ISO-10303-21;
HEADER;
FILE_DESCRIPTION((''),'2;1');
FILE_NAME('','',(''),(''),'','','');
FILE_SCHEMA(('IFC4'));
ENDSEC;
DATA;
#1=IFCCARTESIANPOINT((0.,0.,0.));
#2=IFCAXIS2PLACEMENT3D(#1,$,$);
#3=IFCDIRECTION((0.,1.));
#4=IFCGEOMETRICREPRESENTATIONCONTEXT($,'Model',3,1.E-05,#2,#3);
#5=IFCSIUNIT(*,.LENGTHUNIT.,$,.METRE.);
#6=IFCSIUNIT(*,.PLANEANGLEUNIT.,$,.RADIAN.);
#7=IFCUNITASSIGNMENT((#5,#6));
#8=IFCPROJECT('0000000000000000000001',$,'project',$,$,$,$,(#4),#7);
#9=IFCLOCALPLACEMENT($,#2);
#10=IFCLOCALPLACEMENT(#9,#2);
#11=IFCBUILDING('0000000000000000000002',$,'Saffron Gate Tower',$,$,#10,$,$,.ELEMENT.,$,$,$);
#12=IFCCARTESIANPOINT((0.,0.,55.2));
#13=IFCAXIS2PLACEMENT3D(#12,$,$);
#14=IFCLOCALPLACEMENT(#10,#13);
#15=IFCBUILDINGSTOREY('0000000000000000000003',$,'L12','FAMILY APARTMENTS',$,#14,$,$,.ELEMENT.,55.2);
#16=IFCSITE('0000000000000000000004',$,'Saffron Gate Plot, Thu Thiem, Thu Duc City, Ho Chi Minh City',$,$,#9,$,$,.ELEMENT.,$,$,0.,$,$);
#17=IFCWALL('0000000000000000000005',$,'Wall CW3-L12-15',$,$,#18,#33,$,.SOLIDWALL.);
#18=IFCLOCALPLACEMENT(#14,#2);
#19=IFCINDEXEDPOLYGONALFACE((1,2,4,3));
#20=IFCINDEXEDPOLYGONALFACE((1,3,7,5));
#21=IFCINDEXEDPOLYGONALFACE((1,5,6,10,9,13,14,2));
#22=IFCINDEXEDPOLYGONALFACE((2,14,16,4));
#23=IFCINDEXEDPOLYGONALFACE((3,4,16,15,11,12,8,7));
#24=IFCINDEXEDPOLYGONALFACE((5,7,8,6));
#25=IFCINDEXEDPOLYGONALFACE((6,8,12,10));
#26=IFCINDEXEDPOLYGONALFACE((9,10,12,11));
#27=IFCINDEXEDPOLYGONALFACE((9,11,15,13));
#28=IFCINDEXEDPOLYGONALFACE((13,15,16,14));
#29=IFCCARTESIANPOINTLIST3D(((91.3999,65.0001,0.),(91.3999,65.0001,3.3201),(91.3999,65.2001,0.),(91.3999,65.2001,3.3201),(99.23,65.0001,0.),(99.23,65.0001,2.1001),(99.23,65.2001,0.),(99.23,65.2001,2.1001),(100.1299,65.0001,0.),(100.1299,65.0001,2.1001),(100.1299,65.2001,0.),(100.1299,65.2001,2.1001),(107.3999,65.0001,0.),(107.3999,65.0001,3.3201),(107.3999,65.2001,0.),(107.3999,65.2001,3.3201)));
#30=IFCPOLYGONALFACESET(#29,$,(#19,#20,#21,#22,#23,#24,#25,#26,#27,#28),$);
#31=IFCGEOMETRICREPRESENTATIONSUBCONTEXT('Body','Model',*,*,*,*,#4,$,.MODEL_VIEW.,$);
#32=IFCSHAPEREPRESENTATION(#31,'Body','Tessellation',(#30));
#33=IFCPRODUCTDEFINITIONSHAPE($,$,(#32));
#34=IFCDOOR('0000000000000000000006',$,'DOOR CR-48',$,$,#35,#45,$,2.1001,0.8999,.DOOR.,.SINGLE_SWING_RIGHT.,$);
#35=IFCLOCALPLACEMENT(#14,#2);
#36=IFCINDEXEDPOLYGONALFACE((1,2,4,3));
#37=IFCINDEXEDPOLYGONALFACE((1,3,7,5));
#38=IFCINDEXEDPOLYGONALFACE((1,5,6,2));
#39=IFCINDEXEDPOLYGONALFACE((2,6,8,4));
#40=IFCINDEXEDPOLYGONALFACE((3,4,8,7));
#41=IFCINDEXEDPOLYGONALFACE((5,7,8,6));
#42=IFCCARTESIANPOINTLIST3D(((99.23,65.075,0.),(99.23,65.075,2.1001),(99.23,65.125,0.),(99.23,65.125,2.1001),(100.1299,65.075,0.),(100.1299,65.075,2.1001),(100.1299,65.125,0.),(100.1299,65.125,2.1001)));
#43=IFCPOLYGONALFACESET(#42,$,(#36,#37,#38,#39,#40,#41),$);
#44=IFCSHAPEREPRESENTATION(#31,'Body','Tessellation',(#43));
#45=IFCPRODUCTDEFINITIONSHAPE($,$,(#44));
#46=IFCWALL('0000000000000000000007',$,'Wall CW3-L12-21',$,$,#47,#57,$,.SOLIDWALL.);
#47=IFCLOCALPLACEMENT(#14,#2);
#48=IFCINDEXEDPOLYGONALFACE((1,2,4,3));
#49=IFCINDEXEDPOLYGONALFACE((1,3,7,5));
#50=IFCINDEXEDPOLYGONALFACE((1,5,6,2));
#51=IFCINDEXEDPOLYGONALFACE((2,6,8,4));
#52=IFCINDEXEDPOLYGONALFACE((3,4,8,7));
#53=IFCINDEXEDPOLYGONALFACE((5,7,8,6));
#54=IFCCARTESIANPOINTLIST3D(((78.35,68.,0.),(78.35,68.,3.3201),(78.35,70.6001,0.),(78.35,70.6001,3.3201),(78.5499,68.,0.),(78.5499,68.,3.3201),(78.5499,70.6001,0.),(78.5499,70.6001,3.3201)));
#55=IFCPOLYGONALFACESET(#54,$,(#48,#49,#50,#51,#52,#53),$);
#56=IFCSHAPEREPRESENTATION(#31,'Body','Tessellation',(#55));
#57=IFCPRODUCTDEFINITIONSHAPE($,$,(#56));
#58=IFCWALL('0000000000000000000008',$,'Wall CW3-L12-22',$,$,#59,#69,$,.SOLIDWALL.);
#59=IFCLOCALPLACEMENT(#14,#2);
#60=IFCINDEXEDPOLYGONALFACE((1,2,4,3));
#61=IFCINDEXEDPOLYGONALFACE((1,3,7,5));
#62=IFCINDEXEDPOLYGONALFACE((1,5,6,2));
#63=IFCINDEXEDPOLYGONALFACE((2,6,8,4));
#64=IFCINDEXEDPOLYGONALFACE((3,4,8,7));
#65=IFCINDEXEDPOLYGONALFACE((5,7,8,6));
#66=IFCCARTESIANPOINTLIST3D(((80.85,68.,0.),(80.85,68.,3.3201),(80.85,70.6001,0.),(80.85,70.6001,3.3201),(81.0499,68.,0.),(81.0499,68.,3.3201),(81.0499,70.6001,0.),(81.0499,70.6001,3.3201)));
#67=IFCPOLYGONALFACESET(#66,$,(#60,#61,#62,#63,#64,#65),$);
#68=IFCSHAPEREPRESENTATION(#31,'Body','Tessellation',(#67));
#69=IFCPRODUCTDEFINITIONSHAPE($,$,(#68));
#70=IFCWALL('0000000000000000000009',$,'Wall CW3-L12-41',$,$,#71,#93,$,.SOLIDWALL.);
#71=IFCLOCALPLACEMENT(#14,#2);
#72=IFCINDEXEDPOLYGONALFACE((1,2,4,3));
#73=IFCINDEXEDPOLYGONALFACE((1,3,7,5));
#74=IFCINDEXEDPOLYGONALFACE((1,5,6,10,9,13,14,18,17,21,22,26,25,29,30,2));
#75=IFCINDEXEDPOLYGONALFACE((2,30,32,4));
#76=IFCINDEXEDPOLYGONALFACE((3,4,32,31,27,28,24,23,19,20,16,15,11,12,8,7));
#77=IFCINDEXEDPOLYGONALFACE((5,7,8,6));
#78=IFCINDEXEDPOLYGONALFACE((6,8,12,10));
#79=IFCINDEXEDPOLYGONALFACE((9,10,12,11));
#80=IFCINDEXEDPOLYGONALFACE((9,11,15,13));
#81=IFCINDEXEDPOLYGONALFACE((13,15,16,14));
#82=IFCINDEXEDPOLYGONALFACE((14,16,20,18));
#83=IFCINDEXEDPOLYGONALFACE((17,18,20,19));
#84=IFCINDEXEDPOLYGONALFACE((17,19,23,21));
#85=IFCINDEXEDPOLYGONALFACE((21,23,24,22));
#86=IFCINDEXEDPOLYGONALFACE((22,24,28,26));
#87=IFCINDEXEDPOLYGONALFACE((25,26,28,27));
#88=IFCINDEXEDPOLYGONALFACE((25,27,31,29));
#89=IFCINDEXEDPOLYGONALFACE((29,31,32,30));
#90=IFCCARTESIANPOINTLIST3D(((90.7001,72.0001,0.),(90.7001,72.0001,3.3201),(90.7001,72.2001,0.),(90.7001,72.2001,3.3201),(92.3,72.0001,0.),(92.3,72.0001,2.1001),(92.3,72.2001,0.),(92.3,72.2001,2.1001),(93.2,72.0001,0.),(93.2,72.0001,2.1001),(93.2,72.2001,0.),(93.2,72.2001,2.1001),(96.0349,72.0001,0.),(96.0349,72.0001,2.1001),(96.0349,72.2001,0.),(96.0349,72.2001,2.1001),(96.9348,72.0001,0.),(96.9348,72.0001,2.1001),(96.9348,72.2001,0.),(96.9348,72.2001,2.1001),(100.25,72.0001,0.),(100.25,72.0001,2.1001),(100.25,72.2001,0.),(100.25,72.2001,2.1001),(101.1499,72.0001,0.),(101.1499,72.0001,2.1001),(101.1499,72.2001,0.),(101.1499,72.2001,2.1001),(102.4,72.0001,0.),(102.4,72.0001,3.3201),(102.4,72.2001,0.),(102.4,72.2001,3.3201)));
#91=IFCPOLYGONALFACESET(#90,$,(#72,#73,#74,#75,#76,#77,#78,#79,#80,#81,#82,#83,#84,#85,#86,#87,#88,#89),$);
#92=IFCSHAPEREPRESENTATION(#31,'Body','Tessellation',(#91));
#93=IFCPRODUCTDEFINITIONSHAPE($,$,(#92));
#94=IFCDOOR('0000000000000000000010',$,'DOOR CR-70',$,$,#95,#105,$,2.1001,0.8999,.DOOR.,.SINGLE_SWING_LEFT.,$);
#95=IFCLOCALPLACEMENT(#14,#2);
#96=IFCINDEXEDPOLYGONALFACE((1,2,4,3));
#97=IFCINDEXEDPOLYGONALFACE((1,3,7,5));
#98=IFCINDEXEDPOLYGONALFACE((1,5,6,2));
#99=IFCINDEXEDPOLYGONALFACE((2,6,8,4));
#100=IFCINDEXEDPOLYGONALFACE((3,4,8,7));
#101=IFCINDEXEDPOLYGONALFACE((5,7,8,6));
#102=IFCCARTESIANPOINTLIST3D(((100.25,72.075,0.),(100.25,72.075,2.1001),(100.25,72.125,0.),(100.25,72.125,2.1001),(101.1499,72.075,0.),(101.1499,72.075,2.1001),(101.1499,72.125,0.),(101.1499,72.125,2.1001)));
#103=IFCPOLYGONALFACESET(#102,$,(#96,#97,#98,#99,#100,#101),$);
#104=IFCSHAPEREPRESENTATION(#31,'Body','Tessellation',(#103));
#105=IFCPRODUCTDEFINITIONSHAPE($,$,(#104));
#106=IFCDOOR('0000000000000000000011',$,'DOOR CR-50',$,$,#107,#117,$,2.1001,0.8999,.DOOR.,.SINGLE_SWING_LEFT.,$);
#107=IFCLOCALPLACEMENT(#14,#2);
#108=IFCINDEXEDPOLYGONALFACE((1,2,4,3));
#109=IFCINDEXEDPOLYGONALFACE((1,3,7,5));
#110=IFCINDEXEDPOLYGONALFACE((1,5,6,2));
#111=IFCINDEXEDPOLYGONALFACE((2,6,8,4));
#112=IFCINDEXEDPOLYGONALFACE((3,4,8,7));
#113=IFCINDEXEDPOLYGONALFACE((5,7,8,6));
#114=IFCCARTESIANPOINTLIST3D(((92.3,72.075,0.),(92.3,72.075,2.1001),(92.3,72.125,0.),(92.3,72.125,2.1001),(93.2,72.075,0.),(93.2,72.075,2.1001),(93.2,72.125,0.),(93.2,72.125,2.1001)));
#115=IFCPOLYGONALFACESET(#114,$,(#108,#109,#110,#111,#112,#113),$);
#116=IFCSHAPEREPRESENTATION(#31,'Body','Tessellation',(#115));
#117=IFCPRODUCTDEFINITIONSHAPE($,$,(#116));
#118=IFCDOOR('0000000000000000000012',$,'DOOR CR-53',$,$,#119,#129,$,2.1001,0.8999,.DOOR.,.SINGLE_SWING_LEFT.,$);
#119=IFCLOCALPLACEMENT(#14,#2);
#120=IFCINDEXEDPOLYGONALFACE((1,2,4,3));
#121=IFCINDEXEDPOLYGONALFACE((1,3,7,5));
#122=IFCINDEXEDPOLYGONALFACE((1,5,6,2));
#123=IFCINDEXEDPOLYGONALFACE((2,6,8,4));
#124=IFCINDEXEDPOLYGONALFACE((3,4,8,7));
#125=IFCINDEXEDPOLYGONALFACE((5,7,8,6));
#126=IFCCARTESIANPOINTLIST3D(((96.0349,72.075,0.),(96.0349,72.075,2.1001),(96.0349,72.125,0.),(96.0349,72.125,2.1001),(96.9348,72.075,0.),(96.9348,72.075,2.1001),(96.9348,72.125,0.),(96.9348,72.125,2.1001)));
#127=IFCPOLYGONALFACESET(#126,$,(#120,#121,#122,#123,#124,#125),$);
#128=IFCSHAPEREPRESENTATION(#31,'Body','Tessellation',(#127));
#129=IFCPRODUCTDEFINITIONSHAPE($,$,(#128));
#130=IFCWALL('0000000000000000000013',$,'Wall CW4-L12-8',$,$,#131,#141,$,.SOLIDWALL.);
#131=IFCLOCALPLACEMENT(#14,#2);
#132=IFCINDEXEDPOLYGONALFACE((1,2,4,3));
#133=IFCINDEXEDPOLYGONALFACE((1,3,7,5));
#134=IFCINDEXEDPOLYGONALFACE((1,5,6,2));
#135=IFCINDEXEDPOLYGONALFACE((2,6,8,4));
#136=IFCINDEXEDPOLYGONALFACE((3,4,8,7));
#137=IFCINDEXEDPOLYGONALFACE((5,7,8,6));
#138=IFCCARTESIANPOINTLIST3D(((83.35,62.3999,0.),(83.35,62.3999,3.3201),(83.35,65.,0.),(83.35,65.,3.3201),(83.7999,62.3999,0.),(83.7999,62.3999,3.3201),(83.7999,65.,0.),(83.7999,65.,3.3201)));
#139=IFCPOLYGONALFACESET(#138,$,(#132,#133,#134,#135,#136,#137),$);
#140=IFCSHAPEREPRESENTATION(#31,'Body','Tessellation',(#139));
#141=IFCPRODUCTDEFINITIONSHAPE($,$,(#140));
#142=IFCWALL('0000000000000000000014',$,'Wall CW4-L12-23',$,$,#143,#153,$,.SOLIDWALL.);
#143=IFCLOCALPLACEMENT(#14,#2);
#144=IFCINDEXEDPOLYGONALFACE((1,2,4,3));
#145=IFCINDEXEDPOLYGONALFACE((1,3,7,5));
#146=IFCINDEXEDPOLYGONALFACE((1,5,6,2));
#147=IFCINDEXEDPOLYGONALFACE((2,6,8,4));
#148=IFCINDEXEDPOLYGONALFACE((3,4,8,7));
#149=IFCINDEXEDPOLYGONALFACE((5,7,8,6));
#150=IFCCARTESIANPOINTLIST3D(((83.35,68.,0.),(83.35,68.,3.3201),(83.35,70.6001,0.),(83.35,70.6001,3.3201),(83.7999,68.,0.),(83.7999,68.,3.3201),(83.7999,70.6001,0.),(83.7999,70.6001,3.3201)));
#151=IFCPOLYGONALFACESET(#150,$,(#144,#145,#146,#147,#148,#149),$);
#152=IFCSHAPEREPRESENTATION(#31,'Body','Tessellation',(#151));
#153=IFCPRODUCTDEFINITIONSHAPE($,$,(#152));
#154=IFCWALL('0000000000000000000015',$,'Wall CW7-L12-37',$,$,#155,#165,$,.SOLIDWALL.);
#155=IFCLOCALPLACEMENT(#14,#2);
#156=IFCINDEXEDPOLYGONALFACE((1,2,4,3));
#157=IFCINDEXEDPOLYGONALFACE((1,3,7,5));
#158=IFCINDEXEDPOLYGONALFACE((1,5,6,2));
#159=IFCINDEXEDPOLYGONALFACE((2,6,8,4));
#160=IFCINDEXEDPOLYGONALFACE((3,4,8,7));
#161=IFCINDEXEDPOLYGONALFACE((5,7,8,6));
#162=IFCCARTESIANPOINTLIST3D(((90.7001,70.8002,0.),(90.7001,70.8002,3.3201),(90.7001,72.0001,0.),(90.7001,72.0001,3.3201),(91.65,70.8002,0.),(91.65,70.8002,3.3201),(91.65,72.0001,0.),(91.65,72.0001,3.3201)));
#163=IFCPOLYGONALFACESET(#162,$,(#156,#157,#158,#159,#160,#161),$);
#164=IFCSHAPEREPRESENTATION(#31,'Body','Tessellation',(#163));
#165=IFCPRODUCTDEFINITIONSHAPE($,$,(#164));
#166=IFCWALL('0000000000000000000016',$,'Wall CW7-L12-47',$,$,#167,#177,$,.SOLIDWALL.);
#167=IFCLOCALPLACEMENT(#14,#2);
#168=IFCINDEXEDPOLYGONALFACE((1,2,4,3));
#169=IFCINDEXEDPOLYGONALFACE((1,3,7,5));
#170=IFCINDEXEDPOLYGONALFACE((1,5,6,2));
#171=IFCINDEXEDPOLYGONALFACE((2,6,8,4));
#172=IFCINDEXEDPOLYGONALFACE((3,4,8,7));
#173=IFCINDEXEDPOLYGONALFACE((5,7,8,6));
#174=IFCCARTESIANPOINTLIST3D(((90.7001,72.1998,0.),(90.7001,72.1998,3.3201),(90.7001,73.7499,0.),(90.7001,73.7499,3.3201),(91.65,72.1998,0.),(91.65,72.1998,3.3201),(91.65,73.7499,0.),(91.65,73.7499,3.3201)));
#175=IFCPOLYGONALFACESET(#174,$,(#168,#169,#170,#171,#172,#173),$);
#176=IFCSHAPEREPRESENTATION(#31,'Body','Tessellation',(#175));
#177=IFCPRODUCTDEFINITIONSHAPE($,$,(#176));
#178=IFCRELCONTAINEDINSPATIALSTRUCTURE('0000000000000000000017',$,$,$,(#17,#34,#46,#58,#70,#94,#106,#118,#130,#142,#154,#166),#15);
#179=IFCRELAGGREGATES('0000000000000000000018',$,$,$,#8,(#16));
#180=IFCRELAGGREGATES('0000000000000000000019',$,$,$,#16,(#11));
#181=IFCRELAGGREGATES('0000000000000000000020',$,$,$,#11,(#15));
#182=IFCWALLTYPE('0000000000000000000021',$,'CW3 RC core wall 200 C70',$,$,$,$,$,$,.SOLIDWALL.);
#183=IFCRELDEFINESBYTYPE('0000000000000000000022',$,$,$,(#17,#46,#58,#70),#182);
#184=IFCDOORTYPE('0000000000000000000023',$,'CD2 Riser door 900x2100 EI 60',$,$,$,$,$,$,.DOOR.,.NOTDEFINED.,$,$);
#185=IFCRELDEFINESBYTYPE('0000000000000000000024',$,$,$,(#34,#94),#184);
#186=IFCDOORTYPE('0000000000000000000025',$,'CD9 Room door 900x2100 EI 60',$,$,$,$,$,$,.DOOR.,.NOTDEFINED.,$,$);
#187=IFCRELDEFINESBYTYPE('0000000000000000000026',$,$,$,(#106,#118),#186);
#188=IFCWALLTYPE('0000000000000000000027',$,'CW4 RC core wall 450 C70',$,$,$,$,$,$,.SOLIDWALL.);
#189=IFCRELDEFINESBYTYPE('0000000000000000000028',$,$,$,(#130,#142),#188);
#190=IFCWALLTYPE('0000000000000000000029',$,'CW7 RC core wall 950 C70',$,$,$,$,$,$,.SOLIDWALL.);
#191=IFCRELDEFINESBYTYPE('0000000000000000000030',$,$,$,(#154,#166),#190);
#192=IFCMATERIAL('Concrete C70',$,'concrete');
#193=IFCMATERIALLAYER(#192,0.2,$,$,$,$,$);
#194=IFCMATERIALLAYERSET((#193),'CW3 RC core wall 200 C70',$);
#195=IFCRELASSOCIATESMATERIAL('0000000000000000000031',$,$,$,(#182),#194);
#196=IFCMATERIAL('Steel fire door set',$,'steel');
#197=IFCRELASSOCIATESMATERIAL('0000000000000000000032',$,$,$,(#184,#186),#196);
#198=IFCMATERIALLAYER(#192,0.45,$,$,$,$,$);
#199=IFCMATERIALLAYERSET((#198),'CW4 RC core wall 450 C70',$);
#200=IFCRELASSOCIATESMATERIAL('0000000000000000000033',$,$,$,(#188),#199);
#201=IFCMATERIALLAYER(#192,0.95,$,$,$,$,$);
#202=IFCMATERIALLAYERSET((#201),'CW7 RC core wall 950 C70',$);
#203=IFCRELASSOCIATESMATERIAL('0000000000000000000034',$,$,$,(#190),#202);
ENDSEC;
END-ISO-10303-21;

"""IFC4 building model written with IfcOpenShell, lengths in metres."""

from ifc_helpers import new_model, si_unit, direction, frame, frame_2d, origin, place, context, subcontext, project, spatial, rectangle, extrude, material, layer, layer_set, type_object, element, fill, save


model = new_model("IFC4")

# Units and contexts
model_context = context("Model", 3, precision=1e-05, world=origin(), true_north=direction((0.0, 1.0)))
body_context = subcontext(model_context, "Body", "Model", "MODEL_VIEW")
ifc_project = project(units=[si_unit("LENGTHUNIT", "METRE"), si_unit("PLANEANGLEUNIT", "RADIAN")], contexts=[model_context])

# Site, building, storey
site_placement = place(None, origin())
site = spatial("IfcSite", under=ifc_project, at=site_placement, Name="Saffron Gate Plot, Thu Thiem, Thu Duc City, Ho Chi Minh City", CompositionType="ELEMENT", RefElevation=0.0)
building_placement = place(site_placement, origin())
building = spatial("IfcBuilding", under=site, at=building_placement, Name="Saffron Gate Tower", CompositionType="ELEMENT")
storey_placement = place(building_placement, frame((0.0, 0.0, 55.2)))
storey = spatial("IfcBuildingStorey", under=building, at=storey_placement, Name="L12", Description="FAMILY APARTMENTS", CompositionType="ELEMENT", Elevation=55.2)

# Shared definitions
ifc_material_1 = material(Name="Concrete C70", Category="concrete")

# Shared definitions
ifc_material_2 = material(Name="Steel fire door set", Category="steel")

# Shared definitions
ifc_layer_1 = layer(ifc_material_1, 0.2)
ifc_layer_set_1 = layer_set([ifc_layer_1], Name="CW3 RC core wall 200 C70")
wall_type_1 = type_object("IfcWallType", Name="CW3 RC core wall 200 C70", PredefinedType="SOLIDWALL", material=ifc_layer_set_1)

# Wall, opening, door
wall_1_placement = place(storey_placement, frame((91.3999, 65.1001, 0.0), z_axis=(0.0, 0.0, 1.0), x_axis=(1.0, 0.0, 0.0)))
wall_1 = element("IfcWall", 1, at=wall_1_placement, inside=storey, type_object=wall_type_1, Name="Wall CW3-L12-15", PredefinedType="SOLIDWALL", context=body_context, shape_type="SweptSolid", body=[
    extrude(rectangle(XDim=16.0, YDim=0.2, at=frame_2d((8.0, 0.0))), origin(), (0.0, 0.0, 1.0), 3.3201),
])
opening_1_placement = place(wall_1_placement, frame((7.8301, 0.0, 0.0)))
opening_1 = element("IfcOpeningElement", 2, at=opening_1_placement, cuts=wall_1, PredefinedType="OPENING", context=body_context, shape_type="SweptSolid", body=[
    extrude(rectangle(XDim=0.8999, YDim=2.1001, at=frame_2d((0.45, 1.05))), frame((0.0, 0.1099, 0.0), z_axis=(0.0, -1.0, 0.0), x_axis=(1.0, 0.0, 0.0)), (0.0, 0.0, 1.0), 0.22),
])
door_type_1 = type_object("IfcDoorType", Name="CD2 Riser door 900x2100 EI 60", OperationType="NOTDEFINED", PredefinedType="DOOR", material=ifc_material_2)
door_1_placement = place(opening_1_placement, origin())
door_1 = element("IfcDoor", 3, at=door_1_placement, inside=storey, type_object=door_type_1, Name="DOOR CR-48", OperationType="SINGLE_SWING_RIGHT", OverallHeight=2.1001, OverallWidth=0.8999, PredefinedType="DOOR", context=body_context, shape_type="SweptSolid", body=[
    extrude(rectangle(XDim=0.8999, YDim=2.1001, at=frame_2d((0.45, 1.05))), frame((0.0, 0.0249, 0.0), z_axis=(0.0, -1.0, 0.0), x_axis=(1.0, 0.0, 0.0)), (0.0, 0.0, 1.0), 0.05),
])
fill(opening_1, door_1)

# Walls
for number, where, z_axis, x_axis, name in (
    (4, (78.45, 68.0, 0.0), (0.0, 0.0, 1.0), (0.0, 1.0, 0.0), "Wall CW3-L12-21"),
    (5, (80.95, 68.0, 0.0), (0.0, 0.0, 1.0), (0.0, 1.0, 0.0), "Wall CW3-L12-22"),
):
    element("IfcWall", number, at=place(storey_placement, frame(where, z_axis=z_axis, x_axis=x_axis)), inside=storey, type_object=wall_type_1, Name=name, PredefinedType="SOLIDWALL", context=body_context, shape_type="SweptSolid", body=[
        extrude(rectangle(XDim=2.6001, YDim=0.2, at=frame_2d((1.3, 0.0))), origin(), (0.0, 0.0, 1.0), 3.3201),
    ])

# Wall, openings, doors
wall_2_placement = place(storey_placement, frame((90.7, 72.1001, 0.0), z_axis=(0.0, 0.0, 1.0), x_axis=(1.0, 0.0, 0.0)))
wall_2 = element("IfcWall", 6, at=wall_2_placement, inside=storey, type_object=wall_type_1, Name="Wall CW3-L12-41", PredefinedType="SOLIDWALL", context=body_context, shape_type="SweptSolid", body=[
    extrude(rectangle(XDim=11.7, YDim=0.2, at=frame_2d((5.8501, 0.0))), origin(), (0.0, 0.0, 1.0), 3.3201),
])
opening_2_placement = place(wall_2_placement, frame((1.6001, 0.0, 0.0)))
opening_2 = element("IfcOpeningElement", 7, at=opening_2_placement, cuts=wall_2, PredefinedType="OPENING", context=body_context, shape_type="SweptSolid", body=[
    extrude(rectangle(XDim=0.8999, YDim=2.1001, at=frame_2d((0.45, 1.05))), frame((0.0, 0.1099, 0.0), z_axis=(0.0, -1.0, 0.0), x_axis=(1.0, 0.0, 0.0)), (0.0, 0.0, 1.0), 0.22),
])
opening_3_placement = place(wall_2_placement, frame((5.335, 0.0, 0.0)))
opening_3 = element("IfcOpeningElement", 8, at=opening_3_placement, cuts=wall_2, PredefinedType="OPENING", context=body_context, shape_type="SweptSolid", body=[
    extrude(rectangle(XDim=0.8999, YDim=2.1001, at=frame_2d((0.45, 1.05))), frame((0.0, 0.1099, 0.0), z_axis=(0.0, -1.0, 0.0), x_axis=(1.0, 0.0, 0.0)), (0.0, 0.0, 1.0), 0.22),
])
opening_4_placement = place(wall_2_placement, frame((9.55, 0.0, 0.0)))
opening_4 = element("IfcOpeningElement", 9, at=opening_4_placement, cuts=wall_2, PredefinedType="OPENING", context=body_context, shape_type="SweptSolid", body=[
    extrude(rectangle(XDim=0.8999, YDim=2.1001, at=frame_2d((0.45, 1.05))), frame((0.0, 0.1099, 0.0), z_axis=(0.0, -1.0, 0.0), x_axis=(1.0, 0.0, 0.0)), (0.0, 0.0, 1.0), 0.22),
])
door_2_placement = place(opening_4_placement, origin())
door_2 = element("IfcDoor", 10, at=door_2_placement, inside=storey, type_object=door_type_1, Name="DOOR CR-70", OperationType="SINGLE_SWING_LEFT", OverallHeight=2.1001, OverallWidth=0.8999, PredefinedType="DOOR", context=body_context, shape_type="SweptSolid", body=[
    extrude(rectangle(XDim=0.8999, YDim=2.1001, at=frame_2d((0.45, 1.05))), frame((0.0, 0.0249, 0.0), z_axis=(0.0, -1.0, 0.0), x_axis=(1.0, 0.0, 0.0)), (0.0, 0.0, 1.0), 0.05),
])
fill(opening_4, door_2)
door_type_2 = type_object("IfcDoorType", Name="CD9 Room door 900x2100 EI 60", OperationType="NOTDEFINED", PredefinedType="DOOR", material=ifc_material_2)
door_3_placement = place(opening_2_placement, origin())
door_3 = element("IfcDoor", 11, at=door_3_placement, inside=storey, type_object=door_type_2, Name="DOOR CR-50", OperationType="SINGLE_SWING_LEFT", OverallHeight=2.1001, OverallWidth=0.8999, PredefinedType="DOOR", context=body_context, shape_type="SweptSolid", body=[
    extrude(rectangle(XDim=0.8999, YDim=2.1001, at=frame_2d((0.45, 1.05))), frame((0.0, 0.0249, 0.0), z_axis=(0.0, -1.0, 0.0), x_axis=(1.0, 0.0, 0.0)), (0.0, 0.0, 1.0), 0.05),
])
fill(opening_2, door_3)
door_4_placement = place(opening_3_placement, origin())
door_4 = element("IfcDoor", 12, at=door_4_placement, inside=storey, type_object=door_type_2, Name="DOOR CR-53", OperationType="SINGLE_SWING_LEFT", OverallHeight=2.1001, OverallWidth=0.8999, PredefinedType="DOOR", context=body_context, shape_type="SweptSolid", body=[
    extrude(rectangle(XDim=0.8999, YDim=2.1001, at=frame_2d((0.45, 1.05))), frame((0.0, 0.0249, 0.0), z_axis=(0.0, -1.0, 0.0), x_axis=(1.0, 0.0, 0.0)), (0.0, 0.0, 1.0), 0.05),
])
fill(opening_3, door_4)

# Walls
ifc_layer_2 = layer(ifc_material_1, 0.45)
ifc_layer_set_2 = layer_set([ifc_layer_2], Name="CW4 RC core wall 450 C70")
wall_type_2 = type_object("IfcWallType", Name="CW4 RC core wall 450 C70", PredefinedType="SOLIDWALL", material=ifc_layer_set_2)
for number, where, z_axis, x_axis, name in (
    (13, (83.575, 62.3999, 0.0), (0.0, 0.0, 1.0), (0.0, 1.0, 0.0), "Wall CW4-L12-8"),
    (14, (83.575, 68.0, 0.0), (0.0, 0.0, 1.0), (0.0, 1.0, 0.0), "Wall CW4-L12-23"),
):
    element("IfcWall", number, at=place(storey_placement, frame(where, z_axis=z_axis, x_axis=x_axis)), inside=storey, type_object=wall_type_2, Name=name, PredefinedType="SOLIDWALL", context=body_context, shape_type="SweptSolid", body=[
        extrude(rectangle(XDim=2.6001, YDim=0.45, at=frame_2d((1.3, 0.0))), origin(), (0.0, 0.0, 1.0), 3.3201),
    ])
ifc_layer_3 = layer(ifc_material_1, 0.95)
ifc_layer_set_3 = layer_set([ifc_layer_3], Name="CW7 RC core wall 950 C70")
wall_type_3 = type_object("IfcWallType", Name="CW7 RC core wall 950 C70", PredefinedType="SOLIDWALL", material=ifc_layer_set_3)
wall_3_placement = place(storey_placement, frame((91.175, 70.8, 0.0), z_axis=(0.0, 0.0, 1.0), x_axis=(0.0, 1.0, 0.0)))
element("IfcWall", 15, at=wall_3_placement, inside=storey, type_object=wall_type_3, Name="Wall CW7-L12-37", PredefinedType="SOLIDWALL", context=body_context, shape_type="SweptSolid", body=[
    extrude(rectangle(XDim=1.2, YDim=0.95, at=frame_2d((0.6001, 0.0))), origin(), (0.0, 0.0, 1.0), 3.3201),
])
wall_4_placement = place(storey_placement, frame((91.175, 72.2, 0.0), z_axis=(0.0, 0.0, 1.0), x_axis=(0.0, 1.0, 0.0)))
element("IfcWall", 16, at=wall_4_placement, inside=storey, type_object=wall_type_3, Name="Wall CW7-L12-47", PredefinedType="SOLIDWALL", context=body_context, shape_type="SweptSolid", body=[
    extrude(rectangle(XDim=1.55, YDim=0.95, at=frame_2d((0.7749, 0.0))), origin(), (0.0, 0.0, 1.0), 3.3201),
])

save(model, "model.ifc")
